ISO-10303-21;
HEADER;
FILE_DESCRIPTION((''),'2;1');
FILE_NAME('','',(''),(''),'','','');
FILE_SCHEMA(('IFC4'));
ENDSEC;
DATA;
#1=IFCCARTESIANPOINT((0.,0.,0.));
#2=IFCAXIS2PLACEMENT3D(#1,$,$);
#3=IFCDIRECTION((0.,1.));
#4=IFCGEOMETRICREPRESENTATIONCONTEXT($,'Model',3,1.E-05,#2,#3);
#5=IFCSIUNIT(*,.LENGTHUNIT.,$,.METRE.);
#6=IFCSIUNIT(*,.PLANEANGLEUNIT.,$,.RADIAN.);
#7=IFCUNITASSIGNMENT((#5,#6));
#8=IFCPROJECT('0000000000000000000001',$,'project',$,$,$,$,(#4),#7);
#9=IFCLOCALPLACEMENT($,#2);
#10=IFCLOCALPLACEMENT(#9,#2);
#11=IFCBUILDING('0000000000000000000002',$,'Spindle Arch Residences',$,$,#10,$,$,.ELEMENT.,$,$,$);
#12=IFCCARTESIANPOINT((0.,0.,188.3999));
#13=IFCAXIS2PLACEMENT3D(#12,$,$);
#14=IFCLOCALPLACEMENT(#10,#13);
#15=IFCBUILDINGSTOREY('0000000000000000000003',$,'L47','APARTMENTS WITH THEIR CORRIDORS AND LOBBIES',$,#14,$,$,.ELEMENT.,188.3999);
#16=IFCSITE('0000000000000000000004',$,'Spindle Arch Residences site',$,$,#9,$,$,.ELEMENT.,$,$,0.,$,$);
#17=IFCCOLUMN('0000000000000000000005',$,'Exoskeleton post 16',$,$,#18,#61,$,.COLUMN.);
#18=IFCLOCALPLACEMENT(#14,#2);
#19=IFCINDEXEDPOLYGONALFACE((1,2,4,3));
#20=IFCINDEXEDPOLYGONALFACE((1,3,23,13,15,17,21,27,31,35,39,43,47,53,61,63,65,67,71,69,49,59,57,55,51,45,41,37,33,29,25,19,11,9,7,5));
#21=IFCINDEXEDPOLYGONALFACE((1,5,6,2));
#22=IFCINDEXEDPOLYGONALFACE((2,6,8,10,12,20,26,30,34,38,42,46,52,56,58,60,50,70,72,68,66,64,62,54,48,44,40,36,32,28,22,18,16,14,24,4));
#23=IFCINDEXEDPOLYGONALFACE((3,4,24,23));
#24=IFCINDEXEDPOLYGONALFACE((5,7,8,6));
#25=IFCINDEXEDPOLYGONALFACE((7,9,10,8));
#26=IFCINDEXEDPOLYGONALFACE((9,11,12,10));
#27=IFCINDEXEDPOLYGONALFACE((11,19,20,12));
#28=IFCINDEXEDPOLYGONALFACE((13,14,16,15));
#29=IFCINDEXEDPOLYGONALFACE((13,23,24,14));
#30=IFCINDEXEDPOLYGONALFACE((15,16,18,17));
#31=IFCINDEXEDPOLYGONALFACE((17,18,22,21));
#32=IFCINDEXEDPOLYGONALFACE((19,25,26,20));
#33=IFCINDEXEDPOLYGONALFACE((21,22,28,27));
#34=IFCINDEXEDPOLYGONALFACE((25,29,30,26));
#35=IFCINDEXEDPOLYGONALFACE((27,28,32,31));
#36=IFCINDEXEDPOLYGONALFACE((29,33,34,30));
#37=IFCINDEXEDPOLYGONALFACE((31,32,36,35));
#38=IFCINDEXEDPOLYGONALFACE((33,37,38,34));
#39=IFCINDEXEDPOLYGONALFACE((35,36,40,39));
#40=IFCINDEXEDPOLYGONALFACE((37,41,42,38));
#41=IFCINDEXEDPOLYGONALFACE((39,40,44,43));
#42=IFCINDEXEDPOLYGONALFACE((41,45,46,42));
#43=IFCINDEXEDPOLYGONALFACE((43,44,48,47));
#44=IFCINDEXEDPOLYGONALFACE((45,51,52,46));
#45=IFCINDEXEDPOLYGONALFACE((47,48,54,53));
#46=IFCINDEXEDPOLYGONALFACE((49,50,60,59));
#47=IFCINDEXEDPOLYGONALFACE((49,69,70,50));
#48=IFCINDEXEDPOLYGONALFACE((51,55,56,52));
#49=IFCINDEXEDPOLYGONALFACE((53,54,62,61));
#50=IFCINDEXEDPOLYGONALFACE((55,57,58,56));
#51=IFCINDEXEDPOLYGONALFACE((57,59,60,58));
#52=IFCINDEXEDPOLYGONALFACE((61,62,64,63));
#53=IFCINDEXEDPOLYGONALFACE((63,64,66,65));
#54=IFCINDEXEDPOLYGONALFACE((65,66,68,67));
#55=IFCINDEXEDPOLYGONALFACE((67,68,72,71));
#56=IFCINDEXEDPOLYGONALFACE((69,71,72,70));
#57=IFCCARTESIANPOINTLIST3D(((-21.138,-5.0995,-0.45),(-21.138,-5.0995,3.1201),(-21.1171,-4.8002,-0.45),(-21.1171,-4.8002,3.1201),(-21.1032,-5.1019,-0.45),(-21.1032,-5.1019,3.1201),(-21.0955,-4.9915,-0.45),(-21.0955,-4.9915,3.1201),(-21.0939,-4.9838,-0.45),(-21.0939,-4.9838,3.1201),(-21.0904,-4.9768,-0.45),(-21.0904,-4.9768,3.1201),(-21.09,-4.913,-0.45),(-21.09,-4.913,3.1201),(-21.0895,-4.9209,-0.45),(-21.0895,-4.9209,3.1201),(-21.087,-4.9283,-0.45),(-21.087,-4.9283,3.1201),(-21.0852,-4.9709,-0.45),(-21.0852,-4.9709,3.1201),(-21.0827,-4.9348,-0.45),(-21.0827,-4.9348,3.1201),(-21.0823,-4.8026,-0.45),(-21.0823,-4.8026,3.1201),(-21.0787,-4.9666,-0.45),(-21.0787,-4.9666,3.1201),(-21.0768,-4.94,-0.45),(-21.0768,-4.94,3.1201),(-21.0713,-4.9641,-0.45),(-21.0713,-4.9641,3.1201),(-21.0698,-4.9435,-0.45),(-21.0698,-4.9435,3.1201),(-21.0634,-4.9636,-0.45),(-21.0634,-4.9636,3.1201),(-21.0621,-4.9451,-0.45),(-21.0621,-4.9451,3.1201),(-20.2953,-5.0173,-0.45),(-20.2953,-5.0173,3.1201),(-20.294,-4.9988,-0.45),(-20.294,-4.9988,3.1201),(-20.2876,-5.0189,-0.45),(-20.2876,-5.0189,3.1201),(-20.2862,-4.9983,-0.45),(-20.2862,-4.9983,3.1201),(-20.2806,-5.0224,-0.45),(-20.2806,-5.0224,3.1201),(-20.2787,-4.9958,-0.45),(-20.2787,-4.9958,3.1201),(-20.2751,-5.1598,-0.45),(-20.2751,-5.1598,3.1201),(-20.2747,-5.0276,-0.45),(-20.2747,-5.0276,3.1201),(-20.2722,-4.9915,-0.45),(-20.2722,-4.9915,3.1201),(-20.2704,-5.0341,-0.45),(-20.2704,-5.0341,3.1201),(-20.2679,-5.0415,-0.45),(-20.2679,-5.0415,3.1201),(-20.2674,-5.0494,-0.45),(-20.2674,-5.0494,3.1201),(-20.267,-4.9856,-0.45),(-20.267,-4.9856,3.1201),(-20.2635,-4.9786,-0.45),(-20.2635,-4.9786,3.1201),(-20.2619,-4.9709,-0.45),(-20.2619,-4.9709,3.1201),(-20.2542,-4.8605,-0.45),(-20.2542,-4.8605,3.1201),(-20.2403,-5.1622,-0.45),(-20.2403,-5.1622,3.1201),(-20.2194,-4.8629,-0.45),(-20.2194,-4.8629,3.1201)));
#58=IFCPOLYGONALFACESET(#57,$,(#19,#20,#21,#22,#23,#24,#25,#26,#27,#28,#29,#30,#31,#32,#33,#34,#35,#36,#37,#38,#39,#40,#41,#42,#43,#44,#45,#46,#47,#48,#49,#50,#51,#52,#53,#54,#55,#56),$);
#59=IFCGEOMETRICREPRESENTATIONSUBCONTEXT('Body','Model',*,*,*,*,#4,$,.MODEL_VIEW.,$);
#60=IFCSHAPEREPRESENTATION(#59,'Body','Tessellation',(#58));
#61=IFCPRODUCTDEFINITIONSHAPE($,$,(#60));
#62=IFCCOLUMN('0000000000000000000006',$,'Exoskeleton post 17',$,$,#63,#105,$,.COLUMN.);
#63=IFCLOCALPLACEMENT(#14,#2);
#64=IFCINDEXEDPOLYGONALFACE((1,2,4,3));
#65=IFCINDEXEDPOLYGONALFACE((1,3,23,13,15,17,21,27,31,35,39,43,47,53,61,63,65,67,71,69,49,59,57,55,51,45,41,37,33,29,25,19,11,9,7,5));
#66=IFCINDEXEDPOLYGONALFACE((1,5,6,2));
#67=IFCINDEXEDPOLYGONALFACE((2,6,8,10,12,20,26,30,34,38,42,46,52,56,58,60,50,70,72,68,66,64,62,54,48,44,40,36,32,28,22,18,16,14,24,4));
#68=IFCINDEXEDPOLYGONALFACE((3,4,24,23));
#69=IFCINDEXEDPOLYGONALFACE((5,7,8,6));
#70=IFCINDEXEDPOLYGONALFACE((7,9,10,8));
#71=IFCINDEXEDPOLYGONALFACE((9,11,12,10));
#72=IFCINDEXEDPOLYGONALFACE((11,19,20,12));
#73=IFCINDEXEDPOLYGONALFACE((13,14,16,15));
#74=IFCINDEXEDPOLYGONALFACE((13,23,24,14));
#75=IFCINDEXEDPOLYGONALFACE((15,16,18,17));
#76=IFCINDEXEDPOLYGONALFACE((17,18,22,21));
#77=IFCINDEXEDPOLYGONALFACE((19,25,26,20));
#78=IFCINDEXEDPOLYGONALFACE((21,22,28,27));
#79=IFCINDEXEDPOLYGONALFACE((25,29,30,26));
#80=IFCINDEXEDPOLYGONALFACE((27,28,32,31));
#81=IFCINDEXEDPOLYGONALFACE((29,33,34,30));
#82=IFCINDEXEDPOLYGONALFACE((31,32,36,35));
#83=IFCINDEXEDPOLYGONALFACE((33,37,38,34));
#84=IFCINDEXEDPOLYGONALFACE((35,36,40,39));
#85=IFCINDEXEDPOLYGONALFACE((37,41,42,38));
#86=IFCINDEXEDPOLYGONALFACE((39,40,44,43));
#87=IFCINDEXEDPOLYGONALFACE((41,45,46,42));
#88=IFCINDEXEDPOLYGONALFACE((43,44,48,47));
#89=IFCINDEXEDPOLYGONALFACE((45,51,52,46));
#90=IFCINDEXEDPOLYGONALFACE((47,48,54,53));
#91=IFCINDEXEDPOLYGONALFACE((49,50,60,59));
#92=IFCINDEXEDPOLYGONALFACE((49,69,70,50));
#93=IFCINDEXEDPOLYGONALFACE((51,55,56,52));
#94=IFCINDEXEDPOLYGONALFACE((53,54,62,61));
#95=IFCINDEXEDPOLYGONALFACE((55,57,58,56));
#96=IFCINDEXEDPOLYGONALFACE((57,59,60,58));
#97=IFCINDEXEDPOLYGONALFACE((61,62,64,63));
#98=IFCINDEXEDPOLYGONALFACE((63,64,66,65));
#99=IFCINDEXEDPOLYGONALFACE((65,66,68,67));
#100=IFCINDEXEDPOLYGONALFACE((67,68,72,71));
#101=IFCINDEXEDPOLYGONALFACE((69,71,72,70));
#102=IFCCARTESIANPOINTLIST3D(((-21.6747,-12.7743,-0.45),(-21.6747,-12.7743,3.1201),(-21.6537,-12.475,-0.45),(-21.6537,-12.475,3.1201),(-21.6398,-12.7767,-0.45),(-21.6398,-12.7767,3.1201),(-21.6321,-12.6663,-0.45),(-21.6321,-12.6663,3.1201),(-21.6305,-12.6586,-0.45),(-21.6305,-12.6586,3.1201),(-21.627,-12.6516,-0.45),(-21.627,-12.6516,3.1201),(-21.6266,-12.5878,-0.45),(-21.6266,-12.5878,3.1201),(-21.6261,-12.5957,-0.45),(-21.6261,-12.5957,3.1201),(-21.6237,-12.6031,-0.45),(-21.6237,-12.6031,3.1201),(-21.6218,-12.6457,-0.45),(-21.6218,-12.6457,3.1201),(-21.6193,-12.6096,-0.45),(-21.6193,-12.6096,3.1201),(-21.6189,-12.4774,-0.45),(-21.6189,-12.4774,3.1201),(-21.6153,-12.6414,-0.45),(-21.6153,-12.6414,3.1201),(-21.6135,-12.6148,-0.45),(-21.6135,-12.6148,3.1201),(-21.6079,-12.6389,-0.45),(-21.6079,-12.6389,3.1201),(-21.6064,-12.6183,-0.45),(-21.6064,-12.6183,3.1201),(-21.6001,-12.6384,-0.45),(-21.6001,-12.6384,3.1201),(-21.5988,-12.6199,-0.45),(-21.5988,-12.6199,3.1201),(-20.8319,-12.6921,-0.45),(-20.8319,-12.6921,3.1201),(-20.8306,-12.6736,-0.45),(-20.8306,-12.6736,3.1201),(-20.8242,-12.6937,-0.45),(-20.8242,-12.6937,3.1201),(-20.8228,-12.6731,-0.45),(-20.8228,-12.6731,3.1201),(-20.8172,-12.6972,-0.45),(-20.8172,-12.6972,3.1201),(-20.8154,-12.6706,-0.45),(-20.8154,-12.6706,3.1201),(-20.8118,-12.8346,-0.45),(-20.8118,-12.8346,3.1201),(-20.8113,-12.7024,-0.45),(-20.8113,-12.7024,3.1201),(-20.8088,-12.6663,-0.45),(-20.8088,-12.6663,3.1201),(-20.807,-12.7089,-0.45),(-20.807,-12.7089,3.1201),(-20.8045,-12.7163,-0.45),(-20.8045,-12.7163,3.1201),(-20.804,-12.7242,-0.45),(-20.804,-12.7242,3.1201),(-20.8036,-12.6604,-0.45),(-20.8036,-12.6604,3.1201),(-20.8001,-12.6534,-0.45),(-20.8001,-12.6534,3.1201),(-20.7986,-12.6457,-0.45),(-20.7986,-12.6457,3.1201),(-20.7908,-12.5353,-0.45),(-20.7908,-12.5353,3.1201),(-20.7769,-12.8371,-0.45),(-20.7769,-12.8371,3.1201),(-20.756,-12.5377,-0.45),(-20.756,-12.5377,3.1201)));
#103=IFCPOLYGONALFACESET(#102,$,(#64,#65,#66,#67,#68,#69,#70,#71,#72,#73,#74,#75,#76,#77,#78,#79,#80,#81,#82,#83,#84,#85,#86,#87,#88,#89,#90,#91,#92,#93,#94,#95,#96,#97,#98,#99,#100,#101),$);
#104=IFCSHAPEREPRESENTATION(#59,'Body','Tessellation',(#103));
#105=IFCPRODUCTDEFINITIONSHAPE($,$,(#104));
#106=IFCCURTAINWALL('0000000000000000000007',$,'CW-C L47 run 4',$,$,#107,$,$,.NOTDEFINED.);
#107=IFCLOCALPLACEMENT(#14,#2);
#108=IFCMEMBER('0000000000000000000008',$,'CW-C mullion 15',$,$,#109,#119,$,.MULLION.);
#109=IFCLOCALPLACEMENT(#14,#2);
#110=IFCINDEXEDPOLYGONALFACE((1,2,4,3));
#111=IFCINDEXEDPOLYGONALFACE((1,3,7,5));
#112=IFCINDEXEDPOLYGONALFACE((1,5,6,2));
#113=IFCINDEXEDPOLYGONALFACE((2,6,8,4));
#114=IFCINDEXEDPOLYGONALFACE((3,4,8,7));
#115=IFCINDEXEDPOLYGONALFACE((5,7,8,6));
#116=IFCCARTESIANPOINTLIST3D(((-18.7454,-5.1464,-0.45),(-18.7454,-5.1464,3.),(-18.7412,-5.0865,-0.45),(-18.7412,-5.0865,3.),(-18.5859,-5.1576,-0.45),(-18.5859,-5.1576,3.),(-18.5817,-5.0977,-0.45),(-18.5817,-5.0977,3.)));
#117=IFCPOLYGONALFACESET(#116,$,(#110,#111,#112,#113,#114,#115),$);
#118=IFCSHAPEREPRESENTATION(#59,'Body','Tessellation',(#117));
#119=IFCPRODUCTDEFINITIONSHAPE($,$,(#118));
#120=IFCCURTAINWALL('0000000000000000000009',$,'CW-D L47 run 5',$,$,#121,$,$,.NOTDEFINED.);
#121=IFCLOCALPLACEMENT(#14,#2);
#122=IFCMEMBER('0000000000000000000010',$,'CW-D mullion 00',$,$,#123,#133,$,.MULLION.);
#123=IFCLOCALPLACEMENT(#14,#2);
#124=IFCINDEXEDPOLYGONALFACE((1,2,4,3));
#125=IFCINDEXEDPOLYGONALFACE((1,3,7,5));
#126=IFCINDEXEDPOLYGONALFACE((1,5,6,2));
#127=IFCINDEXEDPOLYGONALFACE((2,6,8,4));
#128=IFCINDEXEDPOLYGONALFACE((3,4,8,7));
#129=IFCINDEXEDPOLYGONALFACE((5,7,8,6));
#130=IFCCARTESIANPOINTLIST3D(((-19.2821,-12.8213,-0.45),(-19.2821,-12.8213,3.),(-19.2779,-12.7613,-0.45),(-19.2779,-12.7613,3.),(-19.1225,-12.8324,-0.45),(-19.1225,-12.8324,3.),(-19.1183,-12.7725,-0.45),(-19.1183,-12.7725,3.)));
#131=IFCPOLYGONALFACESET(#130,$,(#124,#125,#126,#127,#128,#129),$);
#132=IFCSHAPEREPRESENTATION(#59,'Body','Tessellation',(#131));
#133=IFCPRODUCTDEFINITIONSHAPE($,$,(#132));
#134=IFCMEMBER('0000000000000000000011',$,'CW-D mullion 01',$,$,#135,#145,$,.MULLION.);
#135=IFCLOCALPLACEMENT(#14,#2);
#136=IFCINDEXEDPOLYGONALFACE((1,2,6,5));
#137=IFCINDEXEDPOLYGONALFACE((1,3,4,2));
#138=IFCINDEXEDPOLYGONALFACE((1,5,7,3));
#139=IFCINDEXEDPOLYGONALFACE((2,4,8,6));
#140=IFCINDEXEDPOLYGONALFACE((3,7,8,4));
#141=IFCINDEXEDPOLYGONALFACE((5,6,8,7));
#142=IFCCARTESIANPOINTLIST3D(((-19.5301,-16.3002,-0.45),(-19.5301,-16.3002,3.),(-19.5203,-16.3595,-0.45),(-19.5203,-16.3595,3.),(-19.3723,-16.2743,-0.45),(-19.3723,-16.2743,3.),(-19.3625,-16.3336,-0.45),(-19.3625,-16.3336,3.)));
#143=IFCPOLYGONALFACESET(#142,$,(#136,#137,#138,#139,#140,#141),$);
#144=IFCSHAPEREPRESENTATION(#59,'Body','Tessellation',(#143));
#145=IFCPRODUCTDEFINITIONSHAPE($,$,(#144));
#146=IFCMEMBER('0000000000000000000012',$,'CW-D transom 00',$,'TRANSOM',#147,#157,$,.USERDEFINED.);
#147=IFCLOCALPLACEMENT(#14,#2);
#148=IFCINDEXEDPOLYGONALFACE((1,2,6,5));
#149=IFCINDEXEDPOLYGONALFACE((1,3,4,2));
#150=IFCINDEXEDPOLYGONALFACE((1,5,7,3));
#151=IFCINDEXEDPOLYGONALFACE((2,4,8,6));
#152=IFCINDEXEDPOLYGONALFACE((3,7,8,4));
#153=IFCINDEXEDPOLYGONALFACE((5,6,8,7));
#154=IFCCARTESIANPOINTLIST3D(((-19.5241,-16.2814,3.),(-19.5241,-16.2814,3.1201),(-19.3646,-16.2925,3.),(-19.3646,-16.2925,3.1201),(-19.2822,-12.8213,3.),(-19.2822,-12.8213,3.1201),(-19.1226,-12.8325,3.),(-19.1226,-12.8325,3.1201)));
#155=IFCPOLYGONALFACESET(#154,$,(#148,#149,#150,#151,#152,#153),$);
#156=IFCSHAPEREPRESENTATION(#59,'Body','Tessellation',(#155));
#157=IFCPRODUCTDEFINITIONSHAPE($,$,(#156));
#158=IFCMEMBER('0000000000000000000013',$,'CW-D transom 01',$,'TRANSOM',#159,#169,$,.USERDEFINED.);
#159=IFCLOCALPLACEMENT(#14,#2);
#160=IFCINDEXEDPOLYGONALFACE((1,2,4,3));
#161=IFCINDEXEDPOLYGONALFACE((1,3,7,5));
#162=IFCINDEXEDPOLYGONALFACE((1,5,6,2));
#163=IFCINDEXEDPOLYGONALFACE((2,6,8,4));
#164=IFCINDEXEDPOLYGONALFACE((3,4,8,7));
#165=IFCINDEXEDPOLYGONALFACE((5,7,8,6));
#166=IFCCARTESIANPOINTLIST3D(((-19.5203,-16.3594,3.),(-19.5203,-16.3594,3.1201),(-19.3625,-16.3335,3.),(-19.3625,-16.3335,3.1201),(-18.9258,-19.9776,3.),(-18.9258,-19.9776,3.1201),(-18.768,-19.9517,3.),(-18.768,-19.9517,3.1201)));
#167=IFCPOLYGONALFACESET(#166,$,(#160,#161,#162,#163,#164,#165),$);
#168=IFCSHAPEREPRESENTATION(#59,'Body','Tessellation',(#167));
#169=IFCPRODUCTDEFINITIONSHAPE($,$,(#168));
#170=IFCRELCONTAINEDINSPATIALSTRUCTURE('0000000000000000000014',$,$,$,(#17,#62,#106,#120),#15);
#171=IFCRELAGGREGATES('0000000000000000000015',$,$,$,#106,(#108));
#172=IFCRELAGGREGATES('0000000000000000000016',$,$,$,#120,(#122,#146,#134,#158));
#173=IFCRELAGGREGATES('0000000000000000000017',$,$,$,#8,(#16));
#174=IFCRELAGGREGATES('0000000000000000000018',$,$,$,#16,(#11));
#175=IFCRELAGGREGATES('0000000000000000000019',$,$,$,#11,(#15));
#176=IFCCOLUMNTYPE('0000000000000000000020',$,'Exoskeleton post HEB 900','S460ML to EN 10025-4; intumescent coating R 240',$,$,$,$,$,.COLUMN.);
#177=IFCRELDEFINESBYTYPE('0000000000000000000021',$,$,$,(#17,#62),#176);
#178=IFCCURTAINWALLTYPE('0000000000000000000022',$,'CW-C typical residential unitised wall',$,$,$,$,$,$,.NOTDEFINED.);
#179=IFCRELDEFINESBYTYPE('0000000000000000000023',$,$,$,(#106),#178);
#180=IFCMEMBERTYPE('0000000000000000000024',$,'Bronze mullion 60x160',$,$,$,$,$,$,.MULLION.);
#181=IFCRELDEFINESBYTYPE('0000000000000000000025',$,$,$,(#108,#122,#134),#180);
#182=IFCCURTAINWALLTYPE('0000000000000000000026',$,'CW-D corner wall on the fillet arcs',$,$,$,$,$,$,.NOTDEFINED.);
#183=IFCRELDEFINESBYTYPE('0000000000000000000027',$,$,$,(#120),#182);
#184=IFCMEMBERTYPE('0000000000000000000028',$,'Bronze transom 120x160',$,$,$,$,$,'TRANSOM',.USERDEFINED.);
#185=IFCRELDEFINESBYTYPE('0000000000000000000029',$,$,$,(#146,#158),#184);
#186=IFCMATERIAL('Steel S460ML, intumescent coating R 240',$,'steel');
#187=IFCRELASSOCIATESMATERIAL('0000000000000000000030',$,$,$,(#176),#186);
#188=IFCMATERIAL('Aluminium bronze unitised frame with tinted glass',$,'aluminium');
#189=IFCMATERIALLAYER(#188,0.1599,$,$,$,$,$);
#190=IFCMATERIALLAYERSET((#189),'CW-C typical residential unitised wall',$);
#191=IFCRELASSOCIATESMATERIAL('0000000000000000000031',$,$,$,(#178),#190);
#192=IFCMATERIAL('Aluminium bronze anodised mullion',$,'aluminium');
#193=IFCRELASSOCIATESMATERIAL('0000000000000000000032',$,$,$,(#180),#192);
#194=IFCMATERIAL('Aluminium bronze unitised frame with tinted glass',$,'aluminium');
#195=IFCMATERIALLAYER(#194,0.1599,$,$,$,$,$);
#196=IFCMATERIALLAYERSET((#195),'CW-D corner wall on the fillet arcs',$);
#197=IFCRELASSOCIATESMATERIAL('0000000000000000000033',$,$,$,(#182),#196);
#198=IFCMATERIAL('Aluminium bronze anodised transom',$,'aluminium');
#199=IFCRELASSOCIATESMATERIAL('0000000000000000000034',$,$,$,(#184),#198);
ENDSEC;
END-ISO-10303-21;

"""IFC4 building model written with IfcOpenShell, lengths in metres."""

from ifc_helpers import new_model, si_unit, direction, frame, origin, origin_2d, place, context, subcontext, project, spatial, rectangle, i_section, extrude, material, layer, layer_set, material_profile, profile_set, type_object, element, aggregate, save


model = new_model("IFC4")

# Units and contexts
model_context = context("Model", 3, precision=1e-05, world=origin(), true_north=direction((0.0, 1.0)))
body_context = subcontext(model_context, "Body", "Model", "MODEL_VIEW")
ifc_project = project(units=[si_unit("LENGTHUNIT", "METRE"), si_unit("PLANEANGLEUNIT", "RADIAN")], contexts=[model_context])

# Site, building, storey
site_placement = place(None, origin())
site = spatial("IfcSite", under=ifc_project, at=site_placement, Name="Spindle Arch Residences site", CompositionType="ELEMENT", RefElevation=0.0)
building_placement = place(site_placement, origin())
building = spatial("IfcBuilding", under=site, at=building_placement, Name="Spindle Arch Residences", CompositionType="ELEMENT")
storey_placement = place(building_placement, frame((0.0, 0.0, 188.3999)))
storey = spatial("IfcBuildingStorey", under=building, at=storey_placement, Name="L47", Description="APARTMENTS WITH THEIR CORRIDORS AND LOBBIES", CompositionType="ELEMENT", Elevation=188.3999)

# Columns
ifc_material_1 = material(Name="Steel S460ML, intumescent coating R 240", Category="steel")
ifc_material_profile_1 = material_profile(ifc_material_1, i_section(OverallWidth=0.3, OverallDepth=0.8999, WebThickness=0.0186, FlangeThickness=0.0349, FilletRadius=0.03, at=origin_2d()), Name="HEB 900")
ifc_profile_set_1 = profile_set([ifc_material_profile_1], Name="Steel S460ML, intumescent coating R 240")
column_type = type_object("IfcColumnType", Name="Exoskeleton post HEB 900", Description="S460ML to EN 10025-4; intumescent coating R 240", PredefinedType="COLUMN", material=ifc_profile_set_1)
for number, where, z_axis, x_axis, name in (
    (1, (-20.6787, -4.9812, -0.45), (0.0, 0.0, 1.0), (0.069756, 0.997564, 0.0), "Exoskeleton post 16"),
    (2, (-21.2153, -12.656, -0.45), (0.0, 0.0, 1.0), (0.069756, 0.997564, 0.0), "Exoskeleton post 17"),
):
    element("IfcColumn", number, at=place(storey_placement, frame(where, z_axis=z_axis, x_axis=x_axis)), inside=storey, type_object=column_type, Name=name, PredefinedType="COLUMN", context=body_context, shape_type="SweptSolid", body=[
        extrude(i_section(OverallWidth=0.3, OverallDepth=0.8999, WebThickness=0.0186, FlangeThickness=0.0349, FilletRadius=0.03, at=origin_2d()), origin(), (0.0, 0.0, 1.0), 3.5701),
    ])

# Curtain wall, member
ifc_material_2 = material(Name="Aluminium bronze unitised frame with tinted glass", Category="aluminium")
ifc_layer_1 = layer(ifc_material_2, 0.1599)
ifc_layer_set_1 = layer_set([ifc_layer_1], Name="CW-C typical residential unitised wall")
curtain_wall_type_1 = type_object("IfcCurtainWallType", Name="CW-C typical residential unitised wall", PredefinedType="NOTDEFINED", material=ifc_layer_set_1)
curtain_wall_1_placement = place(storey_placement, origin())
curtain_wall_1 = element("IfcCurtainWall", 3, at=curtain_wall_1_placement, inside=storey, type_object=curtain_wall_type_1, Name="CW-C L47 run 4", PredefinedType="NOTDEFINED")
ifc_material_3 = material(Name="Aluminium bronze anodised mullion", Category="aluminium")
ifc_material_profile_2 = material_profile(ifc_material_3, rectangle(XDim=0.1599, YDim=0.0601, at=origin_2d()), Name="MU 60x160")
ifc_profile_set_2 = profile_set([ifc_material_profile_2], Name="Aluminium bronze anodised mullion")
member_type_1 = type_object("IfcMemberType", Name="Bronze mullion 60x160", PredefinedType="MULLION", material=ifc_profile_set_2)
member_1_placement = place(storey_placement, frame((-18.6636, -5.1221, -0.45), z_axis=(0.0, 0.0, 1.0), x_axis=(0.997564, -0.069756, 0.0)))
member_1 = element("IfcMember", 4, at=member_1_placement, type_object=member_type_1, Name="CW-C mullion 15", PredefinedType="MULLION", context=body_context, shape_type="SweptSolid", body=[
    extrude(rectangle(XDim=0.1599, YDim=0.0601, at=origin_2d()), origin(), (0.0, 0.0, 1.0), 3.45),
])

# Curtain wall, members
ifc_material_4 = material(Name="Aluminium bronze unitised frame with tinted glass", Category="aluminium")
ifc_layer_2 = layer(ifc_material_4, 0.1599)
ifc_layer_set_2 = layer_set([ifc_layer_2], Name="CW-D corner wall on the fillet arcs")
curtain_wall_type_2 = type_object("IfcCurtainWallType", Name="CW-D corner wall on the fillet arcs", PredefinedType="NOTDEFINED", material=ifc_layer_set_2)
curtain_wall_2_placement = place(storey_placement, origin())
curtain_wall_2 = element("IfcCurtainWall", 5, at=curtain_wall_2_placement, inside=storey, type_object=curtain_wall_type_2, Name="CW-D L47 run 5", PredefinedType="NOTDEFINED")
member_2_placement = place(storey_placement, frame((-19.2002, -12.7969, -0.45), z_axis=(0.0, 0.0, 1.0), x_axis=(0.997564, -0.069756, 0.0)))
member_2 = element("IfcMember", 6, at=member_2_placement, type_object=member_type_1, Name="CW-D mullion 00", PredefinedType="MULLION", context=body_context, shape_type="SweptSolid", body=[
    extrude(rectangle(XDim=0.1599, YDim=0.0601, at=origin_2d()), origin(), (0.0, 0.0, 1.0), 3.45),
])
member_3_placement = place(storey_placement, frame((-19.4463, -16.3169, -0.45), z_axis=(0.0, 0.0, 1.0), x_axis=(0.986762, 0.162178, 0.0)))
member_3 = element("IfcMember", 7, at=member_3_placement, type_object=member_type_1, Name="CW-D mullion 01", PredefinedType="MULLION", context=body_context, shape_type="SweptSolid", body=[
    extrude(rectangle(XDim=0.1599, YDim=0.0601, at=origin_2d()), origin(), (0.0, 0.0, 1.0), 3.45),
])
ifc_material_5 = material(Name="Aluminium bronze anodised transom", Category="aluminium")
ifc_material_profile_3 = material_profile(ifc_material_5, rectangle(XDim=0.1599, YDim=0.1201, at=origin_2d()), Name="TR 120x160")
ifc_profile_set_3 = profile_set([ifc_material_profile_3], Name="Aluminium bronze anodised transom")
member_type_2 = type_object("IfcMemberType", Name="Bronze transom 120x160", ElementType="TRANSOM", PredefinedType="USERDEFINED", material=ifc_profile_set_3)
member_4_placement = place(storey_placement, frame((-19.2024, -12.8269, 3.0601), z_axis=(-0.069756, -0.997564, 0.0), x_axis=(0.997564, -0.069756, 0.0)))
member_4 = element("IfcMember", 8, at=member_4_placement, type_object=member_type_2, Name="CW-D transom 00", ObjectType="TRANSOM", PredefinedType="USERDEFINED", context=body_context, shape_type="SweptSolid", body=[
    extrude(rectangle(XDim=0.1599, YDim=0.1201, at=origin_2d()), origin(), (0.0, 0.0, 1.0), 3.4685),
])
member_5_placement = place(storey_placement, frame((-19.4414, -16.3464, 3.0601), z_axis=(0.162131, -0.986769, 0.0), x_axis=(0.986769, 0.162131, 0.0)))
member_5 = element("IfcMember", 9, at=member_5_placement, type_object=member_type_2, Name="CW-D transom 01", ObjectType="TRANSOM", PredefinedType="USERDEFINED", context=body_context, shape_type="SweptSolid", body=[
    extrude(rectangle(XDim=0.1599, YDim=0.1201, at=origin_2d()), origin(), (0.0, 0.0, 1.0), 3.6667),
])

aggregate(curtain_wall_1, [member_1])
aggregate(curtain_wall_2, [member_2, member_4, member_3, member_5])

save(model, "model.ifc")
